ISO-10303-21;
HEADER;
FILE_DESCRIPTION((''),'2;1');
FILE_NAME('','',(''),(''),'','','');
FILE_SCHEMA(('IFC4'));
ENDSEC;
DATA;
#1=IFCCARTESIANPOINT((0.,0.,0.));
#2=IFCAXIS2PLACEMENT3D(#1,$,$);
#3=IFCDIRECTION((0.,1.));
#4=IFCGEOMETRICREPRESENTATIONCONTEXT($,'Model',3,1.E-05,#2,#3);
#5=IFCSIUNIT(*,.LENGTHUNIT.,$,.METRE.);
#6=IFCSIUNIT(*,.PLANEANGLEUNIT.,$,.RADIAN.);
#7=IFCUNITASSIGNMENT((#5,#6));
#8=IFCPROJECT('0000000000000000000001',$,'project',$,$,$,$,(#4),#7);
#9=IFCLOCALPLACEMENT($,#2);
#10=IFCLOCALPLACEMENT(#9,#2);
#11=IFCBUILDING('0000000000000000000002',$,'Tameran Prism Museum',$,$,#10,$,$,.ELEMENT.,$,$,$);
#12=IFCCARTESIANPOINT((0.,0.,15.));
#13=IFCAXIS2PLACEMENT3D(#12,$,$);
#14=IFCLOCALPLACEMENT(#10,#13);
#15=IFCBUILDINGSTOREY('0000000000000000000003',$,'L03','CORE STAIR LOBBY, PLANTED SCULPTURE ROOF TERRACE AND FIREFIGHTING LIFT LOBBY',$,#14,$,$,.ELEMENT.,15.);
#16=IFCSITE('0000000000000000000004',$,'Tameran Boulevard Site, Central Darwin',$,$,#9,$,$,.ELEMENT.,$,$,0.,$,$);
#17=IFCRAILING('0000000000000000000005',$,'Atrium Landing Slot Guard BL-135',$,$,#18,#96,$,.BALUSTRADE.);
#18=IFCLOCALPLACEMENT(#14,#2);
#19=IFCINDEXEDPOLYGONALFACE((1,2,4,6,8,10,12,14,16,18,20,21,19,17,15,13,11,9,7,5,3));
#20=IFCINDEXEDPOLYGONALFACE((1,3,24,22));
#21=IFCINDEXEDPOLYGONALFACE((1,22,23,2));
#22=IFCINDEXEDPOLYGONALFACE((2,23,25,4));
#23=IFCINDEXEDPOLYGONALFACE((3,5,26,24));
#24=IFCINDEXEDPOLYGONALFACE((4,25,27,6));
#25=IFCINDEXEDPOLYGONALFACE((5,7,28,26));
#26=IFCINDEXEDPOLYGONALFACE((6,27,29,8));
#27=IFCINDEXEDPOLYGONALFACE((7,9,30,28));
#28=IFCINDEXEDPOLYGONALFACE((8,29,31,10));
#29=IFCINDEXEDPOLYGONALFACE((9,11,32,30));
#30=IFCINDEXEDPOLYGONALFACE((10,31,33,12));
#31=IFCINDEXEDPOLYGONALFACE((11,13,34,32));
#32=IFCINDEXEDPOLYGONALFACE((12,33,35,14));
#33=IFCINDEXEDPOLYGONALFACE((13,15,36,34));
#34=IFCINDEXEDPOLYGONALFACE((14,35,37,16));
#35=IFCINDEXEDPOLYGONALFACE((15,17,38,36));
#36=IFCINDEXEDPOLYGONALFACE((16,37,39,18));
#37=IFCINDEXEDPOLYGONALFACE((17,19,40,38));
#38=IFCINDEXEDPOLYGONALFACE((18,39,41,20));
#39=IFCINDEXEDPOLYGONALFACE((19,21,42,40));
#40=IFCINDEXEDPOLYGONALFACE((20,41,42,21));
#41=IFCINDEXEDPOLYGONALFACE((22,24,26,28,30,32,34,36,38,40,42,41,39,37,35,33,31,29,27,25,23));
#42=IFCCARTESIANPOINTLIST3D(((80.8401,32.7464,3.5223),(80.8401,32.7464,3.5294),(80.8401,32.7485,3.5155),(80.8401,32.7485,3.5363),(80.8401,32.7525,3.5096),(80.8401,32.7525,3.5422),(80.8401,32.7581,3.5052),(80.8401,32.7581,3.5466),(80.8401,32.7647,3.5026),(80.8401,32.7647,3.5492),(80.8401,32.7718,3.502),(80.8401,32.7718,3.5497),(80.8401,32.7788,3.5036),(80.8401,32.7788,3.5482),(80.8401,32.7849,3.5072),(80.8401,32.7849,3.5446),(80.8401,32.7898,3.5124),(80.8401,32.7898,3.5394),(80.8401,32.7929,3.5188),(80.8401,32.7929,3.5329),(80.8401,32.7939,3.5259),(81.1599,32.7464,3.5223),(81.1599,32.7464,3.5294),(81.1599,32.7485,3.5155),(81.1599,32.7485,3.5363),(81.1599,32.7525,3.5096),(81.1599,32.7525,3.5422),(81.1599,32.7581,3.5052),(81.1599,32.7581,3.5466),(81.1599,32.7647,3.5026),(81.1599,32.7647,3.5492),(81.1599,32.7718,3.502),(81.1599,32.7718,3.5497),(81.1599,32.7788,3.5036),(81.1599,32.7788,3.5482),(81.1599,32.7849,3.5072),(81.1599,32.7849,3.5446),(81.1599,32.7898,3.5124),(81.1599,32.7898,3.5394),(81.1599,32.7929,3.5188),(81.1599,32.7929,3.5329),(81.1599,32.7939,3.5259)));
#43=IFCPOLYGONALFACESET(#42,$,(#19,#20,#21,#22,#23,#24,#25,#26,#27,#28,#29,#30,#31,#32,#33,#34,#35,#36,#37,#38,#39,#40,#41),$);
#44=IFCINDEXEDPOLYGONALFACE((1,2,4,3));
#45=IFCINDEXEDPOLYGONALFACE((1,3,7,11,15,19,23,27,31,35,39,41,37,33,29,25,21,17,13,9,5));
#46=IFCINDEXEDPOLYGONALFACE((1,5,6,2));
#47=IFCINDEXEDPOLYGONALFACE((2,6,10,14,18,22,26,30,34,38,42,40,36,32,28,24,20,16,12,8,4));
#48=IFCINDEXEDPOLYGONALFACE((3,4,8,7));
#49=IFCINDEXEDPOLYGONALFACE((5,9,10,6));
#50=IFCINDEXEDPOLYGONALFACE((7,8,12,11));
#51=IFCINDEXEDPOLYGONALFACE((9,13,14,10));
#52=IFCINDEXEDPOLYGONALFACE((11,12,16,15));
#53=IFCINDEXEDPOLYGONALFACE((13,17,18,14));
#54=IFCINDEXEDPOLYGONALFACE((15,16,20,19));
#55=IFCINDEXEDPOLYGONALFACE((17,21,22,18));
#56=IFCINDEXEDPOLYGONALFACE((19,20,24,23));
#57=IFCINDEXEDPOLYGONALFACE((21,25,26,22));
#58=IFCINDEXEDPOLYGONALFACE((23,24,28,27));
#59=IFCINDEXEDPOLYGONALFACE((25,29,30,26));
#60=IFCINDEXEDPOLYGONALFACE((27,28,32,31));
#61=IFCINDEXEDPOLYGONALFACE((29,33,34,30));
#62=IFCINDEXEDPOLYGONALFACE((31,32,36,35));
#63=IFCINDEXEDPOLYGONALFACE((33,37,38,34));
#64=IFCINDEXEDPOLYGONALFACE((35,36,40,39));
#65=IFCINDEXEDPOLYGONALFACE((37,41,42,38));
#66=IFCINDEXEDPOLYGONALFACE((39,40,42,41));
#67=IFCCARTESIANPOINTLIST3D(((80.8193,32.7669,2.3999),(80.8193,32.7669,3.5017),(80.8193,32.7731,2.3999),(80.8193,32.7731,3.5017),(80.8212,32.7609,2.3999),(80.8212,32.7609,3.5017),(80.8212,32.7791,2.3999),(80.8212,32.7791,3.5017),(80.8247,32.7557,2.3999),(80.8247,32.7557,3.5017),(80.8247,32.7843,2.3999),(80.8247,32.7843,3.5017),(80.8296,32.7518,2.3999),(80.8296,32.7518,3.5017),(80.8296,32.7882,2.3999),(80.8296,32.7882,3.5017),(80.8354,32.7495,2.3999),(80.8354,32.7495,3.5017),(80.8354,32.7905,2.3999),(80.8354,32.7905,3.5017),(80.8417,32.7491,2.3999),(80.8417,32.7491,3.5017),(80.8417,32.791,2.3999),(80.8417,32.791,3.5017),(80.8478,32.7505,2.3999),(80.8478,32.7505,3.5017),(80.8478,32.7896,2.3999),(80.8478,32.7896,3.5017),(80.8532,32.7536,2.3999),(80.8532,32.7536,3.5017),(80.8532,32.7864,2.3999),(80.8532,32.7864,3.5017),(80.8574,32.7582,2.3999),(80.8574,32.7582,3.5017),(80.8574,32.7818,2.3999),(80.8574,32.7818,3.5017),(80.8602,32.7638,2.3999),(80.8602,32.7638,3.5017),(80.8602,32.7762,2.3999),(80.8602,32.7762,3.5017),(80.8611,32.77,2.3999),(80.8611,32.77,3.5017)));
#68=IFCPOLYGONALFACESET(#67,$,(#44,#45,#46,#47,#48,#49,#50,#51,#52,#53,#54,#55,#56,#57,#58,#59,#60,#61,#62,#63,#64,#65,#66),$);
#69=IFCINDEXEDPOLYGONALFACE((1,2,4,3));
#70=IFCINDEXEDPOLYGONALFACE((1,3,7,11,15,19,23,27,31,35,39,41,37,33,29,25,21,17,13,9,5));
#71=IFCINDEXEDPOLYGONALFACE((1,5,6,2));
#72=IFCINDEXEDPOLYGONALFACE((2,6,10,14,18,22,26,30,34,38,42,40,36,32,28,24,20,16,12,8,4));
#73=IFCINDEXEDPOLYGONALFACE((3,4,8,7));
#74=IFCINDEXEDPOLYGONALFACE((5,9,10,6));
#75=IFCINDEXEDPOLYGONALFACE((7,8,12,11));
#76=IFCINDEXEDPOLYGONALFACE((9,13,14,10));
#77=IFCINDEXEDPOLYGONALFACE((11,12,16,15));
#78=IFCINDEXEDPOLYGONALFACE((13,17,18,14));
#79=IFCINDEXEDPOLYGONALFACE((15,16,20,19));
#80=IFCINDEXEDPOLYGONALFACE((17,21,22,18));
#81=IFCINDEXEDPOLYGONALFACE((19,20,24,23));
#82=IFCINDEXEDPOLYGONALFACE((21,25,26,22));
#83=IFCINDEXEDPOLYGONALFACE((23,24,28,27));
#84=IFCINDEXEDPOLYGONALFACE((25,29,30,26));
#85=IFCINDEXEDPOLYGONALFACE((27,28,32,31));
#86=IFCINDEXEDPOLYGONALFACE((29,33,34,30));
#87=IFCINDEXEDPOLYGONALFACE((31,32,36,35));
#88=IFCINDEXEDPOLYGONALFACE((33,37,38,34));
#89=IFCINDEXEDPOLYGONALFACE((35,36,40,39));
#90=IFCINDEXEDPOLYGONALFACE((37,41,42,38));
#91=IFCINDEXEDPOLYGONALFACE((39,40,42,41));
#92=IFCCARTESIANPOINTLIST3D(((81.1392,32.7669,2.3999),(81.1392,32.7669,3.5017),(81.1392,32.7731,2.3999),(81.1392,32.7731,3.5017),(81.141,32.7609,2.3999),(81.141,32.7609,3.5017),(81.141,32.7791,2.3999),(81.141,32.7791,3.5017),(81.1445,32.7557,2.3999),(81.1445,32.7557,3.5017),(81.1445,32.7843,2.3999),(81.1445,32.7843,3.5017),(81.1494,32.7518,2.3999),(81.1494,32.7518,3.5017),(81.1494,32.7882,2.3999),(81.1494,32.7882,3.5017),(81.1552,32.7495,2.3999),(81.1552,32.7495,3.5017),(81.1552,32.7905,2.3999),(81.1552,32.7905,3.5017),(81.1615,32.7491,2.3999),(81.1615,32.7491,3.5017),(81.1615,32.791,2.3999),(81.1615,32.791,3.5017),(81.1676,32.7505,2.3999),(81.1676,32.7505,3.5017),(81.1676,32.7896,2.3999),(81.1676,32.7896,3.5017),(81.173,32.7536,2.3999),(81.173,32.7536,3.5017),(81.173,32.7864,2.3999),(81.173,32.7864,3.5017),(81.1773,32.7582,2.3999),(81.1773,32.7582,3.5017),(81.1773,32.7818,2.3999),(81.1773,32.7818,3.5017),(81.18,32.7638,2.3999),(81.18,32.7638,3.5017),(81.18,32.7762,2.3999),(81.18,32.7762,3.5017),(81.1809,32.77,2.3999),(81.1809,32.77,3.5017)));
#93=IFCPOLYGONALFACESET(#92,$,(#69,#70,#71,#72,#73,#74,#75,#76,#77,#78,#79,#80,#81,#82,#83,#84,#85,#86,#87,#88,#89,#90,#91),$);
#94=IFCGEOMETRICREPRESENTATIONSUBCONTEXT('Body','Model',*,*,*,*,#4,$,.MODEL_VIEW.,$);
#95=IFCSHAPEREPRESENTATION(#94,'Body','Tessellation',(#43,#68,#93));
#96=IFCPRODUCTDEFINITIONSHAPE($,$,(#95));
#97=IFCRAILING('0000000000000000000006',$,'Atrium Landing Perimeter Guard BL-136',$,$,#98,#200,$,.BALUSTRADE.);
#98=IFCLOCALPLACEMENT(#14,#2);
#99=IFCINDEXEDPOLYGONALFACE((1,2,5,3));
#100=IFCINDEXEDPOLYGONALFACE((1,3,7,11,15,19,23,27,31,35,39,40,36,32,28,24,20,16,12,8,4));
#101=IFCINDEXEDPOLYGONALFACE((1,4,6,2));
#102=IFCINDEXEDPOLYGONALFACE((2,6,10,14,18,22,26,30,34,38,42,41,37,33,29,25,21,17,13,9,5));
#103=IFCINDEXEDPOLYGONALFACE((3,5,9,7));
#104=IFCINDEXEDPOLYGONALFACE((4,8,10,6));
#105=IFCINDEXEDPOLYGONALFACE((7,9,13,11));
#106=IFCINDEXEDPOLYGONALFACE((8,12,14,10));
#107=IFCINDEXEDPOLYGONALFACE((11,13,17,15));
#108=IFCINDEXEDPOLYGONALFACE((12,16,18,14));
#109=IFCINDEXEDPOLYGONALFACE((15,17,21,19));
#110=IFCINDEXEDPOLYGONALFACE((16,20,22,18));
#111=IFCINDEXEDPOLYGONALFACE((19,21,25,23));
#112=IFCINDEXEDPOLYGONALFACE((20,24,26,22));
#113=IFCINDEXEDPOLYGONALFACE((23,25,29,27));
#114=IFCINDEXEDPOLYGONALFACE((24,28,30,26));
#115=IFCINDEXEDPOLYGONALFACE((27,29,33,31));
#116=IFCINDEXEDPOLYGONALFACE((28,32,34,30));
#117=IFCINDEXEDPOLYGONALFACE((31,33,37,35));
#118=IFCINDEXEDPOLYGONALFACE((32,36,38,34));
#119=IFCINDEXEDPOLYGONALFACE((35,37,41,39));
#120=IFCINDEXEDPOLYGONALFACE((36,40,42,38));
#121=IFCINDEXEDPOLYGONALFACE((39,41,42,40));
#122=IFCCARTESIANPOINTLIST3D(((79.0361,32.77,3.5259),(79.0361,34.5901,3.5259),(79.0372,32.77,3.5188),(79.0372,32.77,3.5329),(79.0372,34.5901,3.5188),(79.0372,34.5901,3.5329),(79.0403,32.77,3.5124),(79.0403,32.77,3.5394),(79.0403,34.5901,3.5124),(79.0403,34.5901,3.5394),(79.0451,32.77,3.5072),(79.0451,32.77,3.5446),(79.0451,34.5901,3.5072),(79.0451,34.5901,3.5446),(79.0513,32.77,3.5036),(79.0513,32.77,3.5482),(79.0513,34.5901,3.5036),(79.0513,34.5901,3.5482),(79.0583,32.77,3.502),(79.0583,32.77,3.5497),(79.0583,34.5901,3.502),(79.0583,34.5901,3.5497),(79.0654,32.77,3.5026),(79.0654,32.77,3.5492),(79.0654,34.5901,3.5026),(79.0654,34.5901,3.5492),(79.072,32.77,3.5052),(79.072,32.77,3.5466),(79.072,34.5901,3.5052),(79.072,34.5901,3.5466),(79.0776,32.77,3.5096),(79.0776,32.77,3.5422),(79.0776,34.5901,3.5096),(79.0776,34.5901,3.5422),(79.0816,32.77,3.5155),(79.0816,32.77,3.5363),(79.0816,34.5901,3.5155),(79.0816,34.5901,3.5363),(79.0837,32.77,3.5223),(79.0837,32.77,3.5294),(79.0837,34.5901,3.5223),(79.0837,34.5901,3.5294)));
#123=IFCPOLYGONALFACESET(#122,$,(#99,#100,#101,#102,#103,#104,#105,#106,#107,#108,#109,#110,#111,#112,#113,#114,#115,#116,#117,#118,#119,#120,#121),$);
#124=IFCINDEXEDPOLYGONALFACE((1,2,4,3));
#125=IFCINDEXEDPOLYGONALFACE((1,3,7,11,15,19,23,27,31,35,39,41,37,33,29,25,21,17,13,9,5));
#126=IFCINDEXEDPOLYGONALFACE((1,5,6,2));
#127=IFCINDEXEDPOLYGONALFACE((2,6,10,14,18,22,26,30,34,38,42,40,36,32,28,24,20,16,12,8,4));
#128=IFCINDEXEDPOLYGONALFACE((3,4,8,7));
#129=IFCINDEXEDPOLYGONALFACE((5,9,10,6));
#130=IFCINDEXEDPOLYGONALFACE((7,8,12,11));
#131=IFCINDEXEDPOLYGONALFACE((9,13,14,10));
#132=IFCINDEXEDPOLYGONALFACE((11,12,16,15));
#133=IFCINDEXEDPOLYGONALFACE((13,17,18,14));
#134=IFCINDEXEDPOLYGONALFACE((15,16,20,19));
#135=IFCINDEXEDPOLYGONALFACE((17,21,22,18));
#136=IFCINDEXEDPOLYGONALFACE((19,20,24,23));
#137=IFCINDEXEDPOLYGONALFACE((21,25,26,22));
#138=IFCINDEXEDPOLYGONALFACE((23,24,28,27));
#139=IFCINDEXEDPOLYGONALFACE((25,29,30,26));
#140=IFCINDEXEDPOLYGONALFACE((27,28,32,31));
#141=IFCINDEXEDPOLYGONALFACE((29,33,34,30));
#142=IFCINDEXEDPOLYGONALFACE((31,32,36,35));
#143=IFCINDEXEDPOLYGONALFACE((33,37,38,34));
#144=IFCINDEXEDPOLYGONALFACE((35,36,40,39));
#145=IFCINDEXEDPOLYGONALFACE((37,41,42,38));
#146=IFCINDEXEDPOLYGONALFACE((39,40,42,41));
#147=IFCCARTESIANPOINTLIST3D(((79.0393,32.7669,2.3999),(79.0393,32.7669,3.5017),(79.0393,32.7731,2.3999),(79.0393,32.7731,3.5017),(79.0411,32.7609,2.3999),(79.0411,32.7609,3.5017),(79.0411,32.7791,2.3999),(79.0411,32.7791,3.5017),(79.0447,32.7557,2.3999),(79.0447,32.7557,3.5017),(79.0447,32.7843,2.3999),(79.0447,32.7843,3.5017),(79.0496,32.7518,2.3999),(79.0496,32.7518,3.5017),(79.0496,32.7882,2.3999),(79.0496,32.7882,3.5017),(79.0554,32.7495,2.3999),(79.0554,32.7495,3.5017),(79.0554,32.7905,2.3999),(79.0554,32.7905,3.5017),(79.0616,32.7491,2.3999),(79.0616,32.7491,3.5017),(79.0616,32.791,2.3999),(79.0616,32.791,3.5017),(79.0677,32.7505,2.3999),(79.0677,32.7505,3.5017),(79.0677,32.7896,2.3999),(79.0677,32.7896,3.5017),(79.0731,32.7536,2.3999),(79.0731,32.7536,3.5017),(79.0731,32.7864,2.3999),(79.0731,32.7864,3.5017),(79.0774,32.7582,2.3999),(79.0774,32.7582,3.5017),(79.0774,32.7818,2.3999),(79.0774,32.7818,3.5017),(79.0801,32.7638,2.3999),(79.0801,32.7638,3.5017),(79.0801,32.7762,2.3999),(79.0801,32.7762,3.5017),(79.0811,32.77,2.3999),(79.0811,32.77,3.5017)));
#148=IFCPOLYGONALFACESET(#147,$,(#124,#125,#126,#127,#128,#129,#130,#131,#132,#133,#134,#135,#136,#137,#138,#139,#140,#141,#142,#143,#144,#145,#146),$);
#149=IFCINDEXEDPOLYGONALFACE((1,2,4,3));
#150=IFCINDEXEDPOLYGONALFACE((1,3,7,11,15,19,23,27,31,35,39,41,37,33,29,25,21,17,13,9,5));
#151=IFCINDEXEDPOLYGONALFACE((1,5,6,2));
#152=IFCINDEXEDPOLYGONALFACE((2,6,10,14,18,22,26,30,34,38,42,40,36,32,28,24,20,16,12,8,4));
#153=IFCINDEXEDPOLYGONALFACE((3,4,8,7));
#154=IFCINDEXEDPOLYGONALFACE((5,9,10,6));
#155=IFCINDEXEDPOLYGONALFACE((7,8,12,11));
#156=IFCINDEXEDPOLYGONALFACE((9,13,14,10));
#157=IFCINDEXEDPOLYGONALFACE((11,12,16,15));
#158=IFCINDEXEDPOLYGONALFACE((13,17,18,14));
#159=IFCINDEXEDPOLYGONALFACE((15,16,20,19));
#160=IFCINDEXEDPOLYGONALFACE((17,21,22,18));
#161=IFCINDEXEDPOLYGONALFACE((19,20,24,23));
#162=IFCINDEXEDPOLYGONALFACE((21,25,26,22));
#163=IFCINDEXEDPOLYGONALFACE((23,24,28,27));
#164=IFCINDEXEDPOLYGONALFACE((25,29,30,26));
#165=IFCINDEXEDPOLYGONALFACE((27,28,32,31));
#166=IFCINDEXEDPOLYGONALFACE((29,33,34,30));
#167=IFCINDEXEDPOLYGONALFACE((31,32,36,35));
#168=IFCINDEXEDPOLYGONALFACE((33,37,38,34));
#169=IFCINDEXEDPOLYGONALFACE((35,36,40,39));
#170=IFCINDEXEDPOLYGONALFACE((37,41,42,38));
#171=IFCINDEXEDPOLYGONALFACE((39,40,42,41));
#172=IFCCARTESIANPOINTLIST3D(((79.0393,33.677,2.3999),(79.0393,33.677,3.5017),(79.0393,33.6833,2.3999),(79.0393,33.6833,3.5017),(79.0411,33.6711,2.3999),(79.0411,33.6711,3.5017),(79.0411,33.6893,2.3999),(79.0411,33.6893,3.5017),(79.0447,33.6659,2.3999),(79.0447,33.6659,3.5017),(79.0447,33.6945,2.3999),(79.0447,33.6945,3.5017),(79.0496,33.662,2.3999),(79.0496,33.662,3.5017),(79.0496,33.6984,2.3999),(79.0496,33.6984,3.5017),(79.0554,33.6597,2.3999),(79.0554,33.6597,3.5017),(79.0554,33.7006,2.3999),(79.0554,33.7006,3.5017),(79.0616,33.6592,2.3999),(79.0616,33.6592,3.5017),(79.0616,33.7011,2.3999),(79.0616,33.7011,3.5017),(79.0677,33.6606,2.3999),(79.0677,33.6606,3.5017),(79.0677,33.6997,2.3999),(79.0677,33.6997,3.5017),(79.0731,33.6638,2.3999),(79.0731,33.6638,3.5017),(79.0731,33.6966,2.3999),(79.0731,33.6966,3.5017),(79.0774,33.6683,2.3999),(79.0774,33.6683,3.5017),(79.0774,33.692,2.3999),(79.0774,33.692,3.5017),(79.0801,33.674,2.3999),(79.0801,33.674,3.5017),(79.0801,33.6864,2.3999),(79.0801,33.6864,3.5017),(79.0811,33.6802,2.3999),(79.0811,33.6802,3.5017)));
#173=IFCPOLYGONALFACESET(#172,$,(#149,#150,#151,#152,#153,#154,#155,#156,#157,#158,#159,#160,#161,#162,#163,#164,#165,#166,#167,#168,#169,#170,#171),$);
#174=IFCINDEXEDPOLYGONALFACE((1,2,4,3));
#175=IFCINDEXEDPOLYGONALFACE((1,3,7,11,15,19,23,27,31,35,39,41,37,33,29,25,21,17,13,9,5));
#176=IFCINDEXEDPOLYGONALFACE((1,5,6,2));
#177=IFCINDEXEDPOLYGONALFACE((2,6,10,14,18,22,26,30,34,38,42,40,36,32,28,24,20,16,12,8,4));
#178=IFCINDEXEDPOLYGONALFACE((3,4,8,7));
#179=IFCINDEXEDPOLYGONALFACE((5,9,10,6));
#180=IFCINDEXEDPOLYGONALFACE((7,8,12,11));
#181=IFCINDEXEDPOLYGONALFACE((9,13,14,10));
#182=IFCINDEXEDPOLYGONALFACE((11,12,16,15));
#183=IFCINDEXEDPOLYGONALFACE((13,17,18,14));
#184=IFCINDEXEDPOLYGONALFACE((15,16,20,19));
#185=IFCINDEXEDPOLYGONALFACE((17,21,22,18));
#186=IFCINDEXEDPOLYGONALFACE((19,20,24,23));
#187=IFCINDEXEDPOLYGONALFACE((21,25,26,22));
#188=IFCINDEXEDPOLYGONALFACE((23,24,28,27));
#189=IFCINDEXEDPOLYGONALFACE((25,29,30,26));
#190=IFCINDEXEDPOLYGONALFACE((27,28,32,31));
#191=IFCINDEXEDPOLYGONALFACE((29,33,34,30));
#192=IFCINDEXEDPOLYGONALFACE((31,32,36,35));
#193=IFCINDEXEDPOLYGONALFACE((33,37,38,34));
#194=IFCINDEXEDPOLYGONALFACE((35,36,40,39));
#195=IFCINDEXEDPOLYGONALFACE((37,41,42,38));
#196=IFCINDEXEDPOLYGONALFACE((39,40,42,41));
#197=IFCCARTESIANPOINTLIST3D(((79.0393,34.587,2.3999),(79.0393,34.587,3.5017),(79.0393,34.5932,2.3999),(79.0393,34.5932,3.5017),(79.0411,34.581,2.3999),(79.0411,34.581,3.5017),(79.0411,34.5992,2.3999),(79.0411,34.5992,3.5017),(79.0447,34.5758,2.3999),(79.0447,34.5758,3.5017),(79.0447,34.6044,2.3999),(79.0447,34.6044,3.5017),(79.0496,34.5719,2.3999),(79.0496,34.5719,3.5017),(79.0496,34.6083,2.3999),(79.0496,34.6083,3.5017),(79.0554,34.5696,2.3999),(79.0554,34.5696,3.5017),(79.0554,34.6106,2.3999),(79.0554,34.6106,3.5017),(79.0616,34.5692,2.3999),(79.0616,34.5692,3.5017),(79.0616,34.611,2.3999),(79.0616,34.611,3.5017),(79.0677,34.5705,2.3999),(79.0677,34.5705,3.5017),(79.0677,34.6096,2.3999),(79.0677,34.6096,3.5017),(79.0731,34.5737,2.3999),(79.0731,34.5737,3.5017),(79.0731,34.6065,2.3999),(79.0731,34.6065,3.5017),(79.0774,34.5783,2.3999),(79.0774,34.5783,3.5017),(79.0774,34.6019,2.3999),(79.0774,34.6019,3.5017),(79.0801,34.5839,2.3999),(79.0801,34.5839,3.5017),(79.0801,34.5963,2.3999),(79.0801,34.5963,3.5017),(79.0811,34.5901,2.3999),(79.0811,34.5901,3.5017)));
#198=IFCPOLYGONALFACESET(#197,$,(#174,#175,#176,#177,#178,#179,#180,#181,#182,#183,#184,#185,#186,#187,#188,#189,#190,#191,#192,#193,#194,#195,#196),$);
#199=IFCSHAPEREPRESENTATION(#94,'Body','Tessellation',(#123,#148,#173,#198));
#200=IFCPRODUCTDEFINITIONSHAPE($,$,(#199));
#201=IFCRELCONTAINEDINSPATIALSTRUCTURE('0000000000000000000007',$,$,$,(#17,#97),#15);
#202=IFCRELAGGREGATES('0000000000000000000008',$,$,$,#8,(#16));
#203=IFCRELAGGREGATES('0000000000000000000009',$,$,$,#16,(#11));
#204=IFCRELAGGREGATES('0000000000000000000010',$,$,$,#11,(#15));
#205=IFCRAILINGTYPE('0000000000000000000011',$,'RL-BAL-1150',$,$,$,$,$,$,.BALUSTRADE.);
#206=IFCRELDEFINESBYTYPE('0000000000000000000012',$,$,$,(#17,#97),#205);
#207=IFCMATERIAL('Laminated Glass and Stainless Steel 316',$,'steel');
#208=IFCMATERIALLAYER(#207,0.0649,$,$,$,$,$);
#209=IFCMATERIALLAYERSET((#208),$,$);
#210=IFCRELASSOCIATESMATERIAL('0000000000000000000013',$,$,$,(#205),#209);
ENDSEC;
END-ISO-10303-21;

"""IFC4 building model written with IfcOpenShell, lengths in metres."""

from ifc_helpers import new_model, si_unit, direction, frame, origin, origin_2d, place, context, subcontext, project, spatial, circle, extrude, material, layer, layer_set, type_object, element, save


model = new_model("IFC4")

# Units and contexts
model_context = context("Model", 3, precision=1e-05, world=origin(), true_north=direction((0.0, 1.0)))
body_context = subcontext(model_context, "Body", "Model", "MODEL_VIEW")
ifc_project = project(units=[si_unit("LENGTHUNIT", "METRE"), si_unit("PLANEANGLEUNIT", "RADIAN")], contexts=[model_context])

# Site, building, storey
site_placement = place(None, origin())
site = spatial("IfcSite", under=ifc_project, at=site_placement, Name="Tameran Boulevard Site, Central Darwin", CompositionType="ELEMENT", RefElevation=0.0)
building_placement = place(site_placement, origin())
building = spatial("IfcBuilding", under=site, at=building_placement, Name="Tameran Prism Museum", CompositionType="ELEMENT")
storey_placement = place(building_placement, frame((0.0, 0.0, 15.0)))
storey = spatial("IfcBuildingStorey", under=building, at=storey_placement, Name="L03", Description="CORE STAIR LOBBY, PLANTED SCULPTURE ROOF TERRACE AND FIREFIGHTING LIFT LOBBY", CompositionType="ELEMENT", Elevation=15.0)

# Railings
ifc_material_1 = material(Name="Laminated Glass and Stainless Steel 316", Category="steel")
ifc_layer_1 = layer(ifc_material_1, 0.0649)
ifc_layer_set_1 = layer_set([ifc_layer_1])
railing_type = type_object("IfcRailingType", Name="RL-BAL-1150", PredefinedType="BALUSTRADE", material=ifc_layer_set_1)
railing_1_placement = place(storey_placement, frame((80.8401, 32.77, 2.3999)))
element("IfcRailing", 1, at=railing_1_placement, inside=storey, type_object=railing_type, Name="Atrium Landing Slot Guard BL-135", PredefinedType="BALUSTRADE", context=body_context, shape_type="SweptSolid", body=[
    extrude(circle(Radius=0.0239, at=origin_2d()), frame((0.0, 0.0, 1.126), z_axis=(1.0, 0.0, 0.0), x_axis=(0.0, 1.0, 0.0)), (0.0, 0.0, 1.0), 0.3198),
    extrude(circle(Radius=0.021, at=origin_2d()), origin(), (0.0, 0.0, 1.0), 1.1018),
    extrude(circle(Radius=0.021, at=origin_2d()), frame((0.3198, 0.0, 0.0)), (0.0, 0.0, 1.0), 1.1018),
])
railing_2_placement = place(storey_placement, frame((79.0601, 32.77, 2.3999)))
element("IfcRailing", 2, at=railing_2_placement, inside=storey, type_object=railing_type, Name="Atrium Landing Perimeter Guard BL-136", PredefinedType="BALUSTRADE", context=body_context, shape_type="SweptSolid", body=[
    extrude(circle(Radius=0.0239, at=origin_2d()), frame((0.0, 0.0, 1.126), z_axis=(0.0, 1.0, 0.0), x_axis=(-1.0, 0.0, 0.0)), (0.0, 0.0, 1.0), 1.8201),
    extrude(circle(Radius=0.021, at=origin_2d()), origin(), (0.0, 0.0, 1.0), 1.1018),
    extrude(circle(Radius=0.021, at=origin_2d()), frame((0.0, 0.9102, 0.0)), (0.0, 0.0, 1.0), 1.1018),
    extrude(circle(Radius=0.021, at=origin_2d()), frame((0.0, 1.8201, 0.0)), (0.0, 0.0, 1.0), 1.1018),
])

save(model, "model.ifc")
